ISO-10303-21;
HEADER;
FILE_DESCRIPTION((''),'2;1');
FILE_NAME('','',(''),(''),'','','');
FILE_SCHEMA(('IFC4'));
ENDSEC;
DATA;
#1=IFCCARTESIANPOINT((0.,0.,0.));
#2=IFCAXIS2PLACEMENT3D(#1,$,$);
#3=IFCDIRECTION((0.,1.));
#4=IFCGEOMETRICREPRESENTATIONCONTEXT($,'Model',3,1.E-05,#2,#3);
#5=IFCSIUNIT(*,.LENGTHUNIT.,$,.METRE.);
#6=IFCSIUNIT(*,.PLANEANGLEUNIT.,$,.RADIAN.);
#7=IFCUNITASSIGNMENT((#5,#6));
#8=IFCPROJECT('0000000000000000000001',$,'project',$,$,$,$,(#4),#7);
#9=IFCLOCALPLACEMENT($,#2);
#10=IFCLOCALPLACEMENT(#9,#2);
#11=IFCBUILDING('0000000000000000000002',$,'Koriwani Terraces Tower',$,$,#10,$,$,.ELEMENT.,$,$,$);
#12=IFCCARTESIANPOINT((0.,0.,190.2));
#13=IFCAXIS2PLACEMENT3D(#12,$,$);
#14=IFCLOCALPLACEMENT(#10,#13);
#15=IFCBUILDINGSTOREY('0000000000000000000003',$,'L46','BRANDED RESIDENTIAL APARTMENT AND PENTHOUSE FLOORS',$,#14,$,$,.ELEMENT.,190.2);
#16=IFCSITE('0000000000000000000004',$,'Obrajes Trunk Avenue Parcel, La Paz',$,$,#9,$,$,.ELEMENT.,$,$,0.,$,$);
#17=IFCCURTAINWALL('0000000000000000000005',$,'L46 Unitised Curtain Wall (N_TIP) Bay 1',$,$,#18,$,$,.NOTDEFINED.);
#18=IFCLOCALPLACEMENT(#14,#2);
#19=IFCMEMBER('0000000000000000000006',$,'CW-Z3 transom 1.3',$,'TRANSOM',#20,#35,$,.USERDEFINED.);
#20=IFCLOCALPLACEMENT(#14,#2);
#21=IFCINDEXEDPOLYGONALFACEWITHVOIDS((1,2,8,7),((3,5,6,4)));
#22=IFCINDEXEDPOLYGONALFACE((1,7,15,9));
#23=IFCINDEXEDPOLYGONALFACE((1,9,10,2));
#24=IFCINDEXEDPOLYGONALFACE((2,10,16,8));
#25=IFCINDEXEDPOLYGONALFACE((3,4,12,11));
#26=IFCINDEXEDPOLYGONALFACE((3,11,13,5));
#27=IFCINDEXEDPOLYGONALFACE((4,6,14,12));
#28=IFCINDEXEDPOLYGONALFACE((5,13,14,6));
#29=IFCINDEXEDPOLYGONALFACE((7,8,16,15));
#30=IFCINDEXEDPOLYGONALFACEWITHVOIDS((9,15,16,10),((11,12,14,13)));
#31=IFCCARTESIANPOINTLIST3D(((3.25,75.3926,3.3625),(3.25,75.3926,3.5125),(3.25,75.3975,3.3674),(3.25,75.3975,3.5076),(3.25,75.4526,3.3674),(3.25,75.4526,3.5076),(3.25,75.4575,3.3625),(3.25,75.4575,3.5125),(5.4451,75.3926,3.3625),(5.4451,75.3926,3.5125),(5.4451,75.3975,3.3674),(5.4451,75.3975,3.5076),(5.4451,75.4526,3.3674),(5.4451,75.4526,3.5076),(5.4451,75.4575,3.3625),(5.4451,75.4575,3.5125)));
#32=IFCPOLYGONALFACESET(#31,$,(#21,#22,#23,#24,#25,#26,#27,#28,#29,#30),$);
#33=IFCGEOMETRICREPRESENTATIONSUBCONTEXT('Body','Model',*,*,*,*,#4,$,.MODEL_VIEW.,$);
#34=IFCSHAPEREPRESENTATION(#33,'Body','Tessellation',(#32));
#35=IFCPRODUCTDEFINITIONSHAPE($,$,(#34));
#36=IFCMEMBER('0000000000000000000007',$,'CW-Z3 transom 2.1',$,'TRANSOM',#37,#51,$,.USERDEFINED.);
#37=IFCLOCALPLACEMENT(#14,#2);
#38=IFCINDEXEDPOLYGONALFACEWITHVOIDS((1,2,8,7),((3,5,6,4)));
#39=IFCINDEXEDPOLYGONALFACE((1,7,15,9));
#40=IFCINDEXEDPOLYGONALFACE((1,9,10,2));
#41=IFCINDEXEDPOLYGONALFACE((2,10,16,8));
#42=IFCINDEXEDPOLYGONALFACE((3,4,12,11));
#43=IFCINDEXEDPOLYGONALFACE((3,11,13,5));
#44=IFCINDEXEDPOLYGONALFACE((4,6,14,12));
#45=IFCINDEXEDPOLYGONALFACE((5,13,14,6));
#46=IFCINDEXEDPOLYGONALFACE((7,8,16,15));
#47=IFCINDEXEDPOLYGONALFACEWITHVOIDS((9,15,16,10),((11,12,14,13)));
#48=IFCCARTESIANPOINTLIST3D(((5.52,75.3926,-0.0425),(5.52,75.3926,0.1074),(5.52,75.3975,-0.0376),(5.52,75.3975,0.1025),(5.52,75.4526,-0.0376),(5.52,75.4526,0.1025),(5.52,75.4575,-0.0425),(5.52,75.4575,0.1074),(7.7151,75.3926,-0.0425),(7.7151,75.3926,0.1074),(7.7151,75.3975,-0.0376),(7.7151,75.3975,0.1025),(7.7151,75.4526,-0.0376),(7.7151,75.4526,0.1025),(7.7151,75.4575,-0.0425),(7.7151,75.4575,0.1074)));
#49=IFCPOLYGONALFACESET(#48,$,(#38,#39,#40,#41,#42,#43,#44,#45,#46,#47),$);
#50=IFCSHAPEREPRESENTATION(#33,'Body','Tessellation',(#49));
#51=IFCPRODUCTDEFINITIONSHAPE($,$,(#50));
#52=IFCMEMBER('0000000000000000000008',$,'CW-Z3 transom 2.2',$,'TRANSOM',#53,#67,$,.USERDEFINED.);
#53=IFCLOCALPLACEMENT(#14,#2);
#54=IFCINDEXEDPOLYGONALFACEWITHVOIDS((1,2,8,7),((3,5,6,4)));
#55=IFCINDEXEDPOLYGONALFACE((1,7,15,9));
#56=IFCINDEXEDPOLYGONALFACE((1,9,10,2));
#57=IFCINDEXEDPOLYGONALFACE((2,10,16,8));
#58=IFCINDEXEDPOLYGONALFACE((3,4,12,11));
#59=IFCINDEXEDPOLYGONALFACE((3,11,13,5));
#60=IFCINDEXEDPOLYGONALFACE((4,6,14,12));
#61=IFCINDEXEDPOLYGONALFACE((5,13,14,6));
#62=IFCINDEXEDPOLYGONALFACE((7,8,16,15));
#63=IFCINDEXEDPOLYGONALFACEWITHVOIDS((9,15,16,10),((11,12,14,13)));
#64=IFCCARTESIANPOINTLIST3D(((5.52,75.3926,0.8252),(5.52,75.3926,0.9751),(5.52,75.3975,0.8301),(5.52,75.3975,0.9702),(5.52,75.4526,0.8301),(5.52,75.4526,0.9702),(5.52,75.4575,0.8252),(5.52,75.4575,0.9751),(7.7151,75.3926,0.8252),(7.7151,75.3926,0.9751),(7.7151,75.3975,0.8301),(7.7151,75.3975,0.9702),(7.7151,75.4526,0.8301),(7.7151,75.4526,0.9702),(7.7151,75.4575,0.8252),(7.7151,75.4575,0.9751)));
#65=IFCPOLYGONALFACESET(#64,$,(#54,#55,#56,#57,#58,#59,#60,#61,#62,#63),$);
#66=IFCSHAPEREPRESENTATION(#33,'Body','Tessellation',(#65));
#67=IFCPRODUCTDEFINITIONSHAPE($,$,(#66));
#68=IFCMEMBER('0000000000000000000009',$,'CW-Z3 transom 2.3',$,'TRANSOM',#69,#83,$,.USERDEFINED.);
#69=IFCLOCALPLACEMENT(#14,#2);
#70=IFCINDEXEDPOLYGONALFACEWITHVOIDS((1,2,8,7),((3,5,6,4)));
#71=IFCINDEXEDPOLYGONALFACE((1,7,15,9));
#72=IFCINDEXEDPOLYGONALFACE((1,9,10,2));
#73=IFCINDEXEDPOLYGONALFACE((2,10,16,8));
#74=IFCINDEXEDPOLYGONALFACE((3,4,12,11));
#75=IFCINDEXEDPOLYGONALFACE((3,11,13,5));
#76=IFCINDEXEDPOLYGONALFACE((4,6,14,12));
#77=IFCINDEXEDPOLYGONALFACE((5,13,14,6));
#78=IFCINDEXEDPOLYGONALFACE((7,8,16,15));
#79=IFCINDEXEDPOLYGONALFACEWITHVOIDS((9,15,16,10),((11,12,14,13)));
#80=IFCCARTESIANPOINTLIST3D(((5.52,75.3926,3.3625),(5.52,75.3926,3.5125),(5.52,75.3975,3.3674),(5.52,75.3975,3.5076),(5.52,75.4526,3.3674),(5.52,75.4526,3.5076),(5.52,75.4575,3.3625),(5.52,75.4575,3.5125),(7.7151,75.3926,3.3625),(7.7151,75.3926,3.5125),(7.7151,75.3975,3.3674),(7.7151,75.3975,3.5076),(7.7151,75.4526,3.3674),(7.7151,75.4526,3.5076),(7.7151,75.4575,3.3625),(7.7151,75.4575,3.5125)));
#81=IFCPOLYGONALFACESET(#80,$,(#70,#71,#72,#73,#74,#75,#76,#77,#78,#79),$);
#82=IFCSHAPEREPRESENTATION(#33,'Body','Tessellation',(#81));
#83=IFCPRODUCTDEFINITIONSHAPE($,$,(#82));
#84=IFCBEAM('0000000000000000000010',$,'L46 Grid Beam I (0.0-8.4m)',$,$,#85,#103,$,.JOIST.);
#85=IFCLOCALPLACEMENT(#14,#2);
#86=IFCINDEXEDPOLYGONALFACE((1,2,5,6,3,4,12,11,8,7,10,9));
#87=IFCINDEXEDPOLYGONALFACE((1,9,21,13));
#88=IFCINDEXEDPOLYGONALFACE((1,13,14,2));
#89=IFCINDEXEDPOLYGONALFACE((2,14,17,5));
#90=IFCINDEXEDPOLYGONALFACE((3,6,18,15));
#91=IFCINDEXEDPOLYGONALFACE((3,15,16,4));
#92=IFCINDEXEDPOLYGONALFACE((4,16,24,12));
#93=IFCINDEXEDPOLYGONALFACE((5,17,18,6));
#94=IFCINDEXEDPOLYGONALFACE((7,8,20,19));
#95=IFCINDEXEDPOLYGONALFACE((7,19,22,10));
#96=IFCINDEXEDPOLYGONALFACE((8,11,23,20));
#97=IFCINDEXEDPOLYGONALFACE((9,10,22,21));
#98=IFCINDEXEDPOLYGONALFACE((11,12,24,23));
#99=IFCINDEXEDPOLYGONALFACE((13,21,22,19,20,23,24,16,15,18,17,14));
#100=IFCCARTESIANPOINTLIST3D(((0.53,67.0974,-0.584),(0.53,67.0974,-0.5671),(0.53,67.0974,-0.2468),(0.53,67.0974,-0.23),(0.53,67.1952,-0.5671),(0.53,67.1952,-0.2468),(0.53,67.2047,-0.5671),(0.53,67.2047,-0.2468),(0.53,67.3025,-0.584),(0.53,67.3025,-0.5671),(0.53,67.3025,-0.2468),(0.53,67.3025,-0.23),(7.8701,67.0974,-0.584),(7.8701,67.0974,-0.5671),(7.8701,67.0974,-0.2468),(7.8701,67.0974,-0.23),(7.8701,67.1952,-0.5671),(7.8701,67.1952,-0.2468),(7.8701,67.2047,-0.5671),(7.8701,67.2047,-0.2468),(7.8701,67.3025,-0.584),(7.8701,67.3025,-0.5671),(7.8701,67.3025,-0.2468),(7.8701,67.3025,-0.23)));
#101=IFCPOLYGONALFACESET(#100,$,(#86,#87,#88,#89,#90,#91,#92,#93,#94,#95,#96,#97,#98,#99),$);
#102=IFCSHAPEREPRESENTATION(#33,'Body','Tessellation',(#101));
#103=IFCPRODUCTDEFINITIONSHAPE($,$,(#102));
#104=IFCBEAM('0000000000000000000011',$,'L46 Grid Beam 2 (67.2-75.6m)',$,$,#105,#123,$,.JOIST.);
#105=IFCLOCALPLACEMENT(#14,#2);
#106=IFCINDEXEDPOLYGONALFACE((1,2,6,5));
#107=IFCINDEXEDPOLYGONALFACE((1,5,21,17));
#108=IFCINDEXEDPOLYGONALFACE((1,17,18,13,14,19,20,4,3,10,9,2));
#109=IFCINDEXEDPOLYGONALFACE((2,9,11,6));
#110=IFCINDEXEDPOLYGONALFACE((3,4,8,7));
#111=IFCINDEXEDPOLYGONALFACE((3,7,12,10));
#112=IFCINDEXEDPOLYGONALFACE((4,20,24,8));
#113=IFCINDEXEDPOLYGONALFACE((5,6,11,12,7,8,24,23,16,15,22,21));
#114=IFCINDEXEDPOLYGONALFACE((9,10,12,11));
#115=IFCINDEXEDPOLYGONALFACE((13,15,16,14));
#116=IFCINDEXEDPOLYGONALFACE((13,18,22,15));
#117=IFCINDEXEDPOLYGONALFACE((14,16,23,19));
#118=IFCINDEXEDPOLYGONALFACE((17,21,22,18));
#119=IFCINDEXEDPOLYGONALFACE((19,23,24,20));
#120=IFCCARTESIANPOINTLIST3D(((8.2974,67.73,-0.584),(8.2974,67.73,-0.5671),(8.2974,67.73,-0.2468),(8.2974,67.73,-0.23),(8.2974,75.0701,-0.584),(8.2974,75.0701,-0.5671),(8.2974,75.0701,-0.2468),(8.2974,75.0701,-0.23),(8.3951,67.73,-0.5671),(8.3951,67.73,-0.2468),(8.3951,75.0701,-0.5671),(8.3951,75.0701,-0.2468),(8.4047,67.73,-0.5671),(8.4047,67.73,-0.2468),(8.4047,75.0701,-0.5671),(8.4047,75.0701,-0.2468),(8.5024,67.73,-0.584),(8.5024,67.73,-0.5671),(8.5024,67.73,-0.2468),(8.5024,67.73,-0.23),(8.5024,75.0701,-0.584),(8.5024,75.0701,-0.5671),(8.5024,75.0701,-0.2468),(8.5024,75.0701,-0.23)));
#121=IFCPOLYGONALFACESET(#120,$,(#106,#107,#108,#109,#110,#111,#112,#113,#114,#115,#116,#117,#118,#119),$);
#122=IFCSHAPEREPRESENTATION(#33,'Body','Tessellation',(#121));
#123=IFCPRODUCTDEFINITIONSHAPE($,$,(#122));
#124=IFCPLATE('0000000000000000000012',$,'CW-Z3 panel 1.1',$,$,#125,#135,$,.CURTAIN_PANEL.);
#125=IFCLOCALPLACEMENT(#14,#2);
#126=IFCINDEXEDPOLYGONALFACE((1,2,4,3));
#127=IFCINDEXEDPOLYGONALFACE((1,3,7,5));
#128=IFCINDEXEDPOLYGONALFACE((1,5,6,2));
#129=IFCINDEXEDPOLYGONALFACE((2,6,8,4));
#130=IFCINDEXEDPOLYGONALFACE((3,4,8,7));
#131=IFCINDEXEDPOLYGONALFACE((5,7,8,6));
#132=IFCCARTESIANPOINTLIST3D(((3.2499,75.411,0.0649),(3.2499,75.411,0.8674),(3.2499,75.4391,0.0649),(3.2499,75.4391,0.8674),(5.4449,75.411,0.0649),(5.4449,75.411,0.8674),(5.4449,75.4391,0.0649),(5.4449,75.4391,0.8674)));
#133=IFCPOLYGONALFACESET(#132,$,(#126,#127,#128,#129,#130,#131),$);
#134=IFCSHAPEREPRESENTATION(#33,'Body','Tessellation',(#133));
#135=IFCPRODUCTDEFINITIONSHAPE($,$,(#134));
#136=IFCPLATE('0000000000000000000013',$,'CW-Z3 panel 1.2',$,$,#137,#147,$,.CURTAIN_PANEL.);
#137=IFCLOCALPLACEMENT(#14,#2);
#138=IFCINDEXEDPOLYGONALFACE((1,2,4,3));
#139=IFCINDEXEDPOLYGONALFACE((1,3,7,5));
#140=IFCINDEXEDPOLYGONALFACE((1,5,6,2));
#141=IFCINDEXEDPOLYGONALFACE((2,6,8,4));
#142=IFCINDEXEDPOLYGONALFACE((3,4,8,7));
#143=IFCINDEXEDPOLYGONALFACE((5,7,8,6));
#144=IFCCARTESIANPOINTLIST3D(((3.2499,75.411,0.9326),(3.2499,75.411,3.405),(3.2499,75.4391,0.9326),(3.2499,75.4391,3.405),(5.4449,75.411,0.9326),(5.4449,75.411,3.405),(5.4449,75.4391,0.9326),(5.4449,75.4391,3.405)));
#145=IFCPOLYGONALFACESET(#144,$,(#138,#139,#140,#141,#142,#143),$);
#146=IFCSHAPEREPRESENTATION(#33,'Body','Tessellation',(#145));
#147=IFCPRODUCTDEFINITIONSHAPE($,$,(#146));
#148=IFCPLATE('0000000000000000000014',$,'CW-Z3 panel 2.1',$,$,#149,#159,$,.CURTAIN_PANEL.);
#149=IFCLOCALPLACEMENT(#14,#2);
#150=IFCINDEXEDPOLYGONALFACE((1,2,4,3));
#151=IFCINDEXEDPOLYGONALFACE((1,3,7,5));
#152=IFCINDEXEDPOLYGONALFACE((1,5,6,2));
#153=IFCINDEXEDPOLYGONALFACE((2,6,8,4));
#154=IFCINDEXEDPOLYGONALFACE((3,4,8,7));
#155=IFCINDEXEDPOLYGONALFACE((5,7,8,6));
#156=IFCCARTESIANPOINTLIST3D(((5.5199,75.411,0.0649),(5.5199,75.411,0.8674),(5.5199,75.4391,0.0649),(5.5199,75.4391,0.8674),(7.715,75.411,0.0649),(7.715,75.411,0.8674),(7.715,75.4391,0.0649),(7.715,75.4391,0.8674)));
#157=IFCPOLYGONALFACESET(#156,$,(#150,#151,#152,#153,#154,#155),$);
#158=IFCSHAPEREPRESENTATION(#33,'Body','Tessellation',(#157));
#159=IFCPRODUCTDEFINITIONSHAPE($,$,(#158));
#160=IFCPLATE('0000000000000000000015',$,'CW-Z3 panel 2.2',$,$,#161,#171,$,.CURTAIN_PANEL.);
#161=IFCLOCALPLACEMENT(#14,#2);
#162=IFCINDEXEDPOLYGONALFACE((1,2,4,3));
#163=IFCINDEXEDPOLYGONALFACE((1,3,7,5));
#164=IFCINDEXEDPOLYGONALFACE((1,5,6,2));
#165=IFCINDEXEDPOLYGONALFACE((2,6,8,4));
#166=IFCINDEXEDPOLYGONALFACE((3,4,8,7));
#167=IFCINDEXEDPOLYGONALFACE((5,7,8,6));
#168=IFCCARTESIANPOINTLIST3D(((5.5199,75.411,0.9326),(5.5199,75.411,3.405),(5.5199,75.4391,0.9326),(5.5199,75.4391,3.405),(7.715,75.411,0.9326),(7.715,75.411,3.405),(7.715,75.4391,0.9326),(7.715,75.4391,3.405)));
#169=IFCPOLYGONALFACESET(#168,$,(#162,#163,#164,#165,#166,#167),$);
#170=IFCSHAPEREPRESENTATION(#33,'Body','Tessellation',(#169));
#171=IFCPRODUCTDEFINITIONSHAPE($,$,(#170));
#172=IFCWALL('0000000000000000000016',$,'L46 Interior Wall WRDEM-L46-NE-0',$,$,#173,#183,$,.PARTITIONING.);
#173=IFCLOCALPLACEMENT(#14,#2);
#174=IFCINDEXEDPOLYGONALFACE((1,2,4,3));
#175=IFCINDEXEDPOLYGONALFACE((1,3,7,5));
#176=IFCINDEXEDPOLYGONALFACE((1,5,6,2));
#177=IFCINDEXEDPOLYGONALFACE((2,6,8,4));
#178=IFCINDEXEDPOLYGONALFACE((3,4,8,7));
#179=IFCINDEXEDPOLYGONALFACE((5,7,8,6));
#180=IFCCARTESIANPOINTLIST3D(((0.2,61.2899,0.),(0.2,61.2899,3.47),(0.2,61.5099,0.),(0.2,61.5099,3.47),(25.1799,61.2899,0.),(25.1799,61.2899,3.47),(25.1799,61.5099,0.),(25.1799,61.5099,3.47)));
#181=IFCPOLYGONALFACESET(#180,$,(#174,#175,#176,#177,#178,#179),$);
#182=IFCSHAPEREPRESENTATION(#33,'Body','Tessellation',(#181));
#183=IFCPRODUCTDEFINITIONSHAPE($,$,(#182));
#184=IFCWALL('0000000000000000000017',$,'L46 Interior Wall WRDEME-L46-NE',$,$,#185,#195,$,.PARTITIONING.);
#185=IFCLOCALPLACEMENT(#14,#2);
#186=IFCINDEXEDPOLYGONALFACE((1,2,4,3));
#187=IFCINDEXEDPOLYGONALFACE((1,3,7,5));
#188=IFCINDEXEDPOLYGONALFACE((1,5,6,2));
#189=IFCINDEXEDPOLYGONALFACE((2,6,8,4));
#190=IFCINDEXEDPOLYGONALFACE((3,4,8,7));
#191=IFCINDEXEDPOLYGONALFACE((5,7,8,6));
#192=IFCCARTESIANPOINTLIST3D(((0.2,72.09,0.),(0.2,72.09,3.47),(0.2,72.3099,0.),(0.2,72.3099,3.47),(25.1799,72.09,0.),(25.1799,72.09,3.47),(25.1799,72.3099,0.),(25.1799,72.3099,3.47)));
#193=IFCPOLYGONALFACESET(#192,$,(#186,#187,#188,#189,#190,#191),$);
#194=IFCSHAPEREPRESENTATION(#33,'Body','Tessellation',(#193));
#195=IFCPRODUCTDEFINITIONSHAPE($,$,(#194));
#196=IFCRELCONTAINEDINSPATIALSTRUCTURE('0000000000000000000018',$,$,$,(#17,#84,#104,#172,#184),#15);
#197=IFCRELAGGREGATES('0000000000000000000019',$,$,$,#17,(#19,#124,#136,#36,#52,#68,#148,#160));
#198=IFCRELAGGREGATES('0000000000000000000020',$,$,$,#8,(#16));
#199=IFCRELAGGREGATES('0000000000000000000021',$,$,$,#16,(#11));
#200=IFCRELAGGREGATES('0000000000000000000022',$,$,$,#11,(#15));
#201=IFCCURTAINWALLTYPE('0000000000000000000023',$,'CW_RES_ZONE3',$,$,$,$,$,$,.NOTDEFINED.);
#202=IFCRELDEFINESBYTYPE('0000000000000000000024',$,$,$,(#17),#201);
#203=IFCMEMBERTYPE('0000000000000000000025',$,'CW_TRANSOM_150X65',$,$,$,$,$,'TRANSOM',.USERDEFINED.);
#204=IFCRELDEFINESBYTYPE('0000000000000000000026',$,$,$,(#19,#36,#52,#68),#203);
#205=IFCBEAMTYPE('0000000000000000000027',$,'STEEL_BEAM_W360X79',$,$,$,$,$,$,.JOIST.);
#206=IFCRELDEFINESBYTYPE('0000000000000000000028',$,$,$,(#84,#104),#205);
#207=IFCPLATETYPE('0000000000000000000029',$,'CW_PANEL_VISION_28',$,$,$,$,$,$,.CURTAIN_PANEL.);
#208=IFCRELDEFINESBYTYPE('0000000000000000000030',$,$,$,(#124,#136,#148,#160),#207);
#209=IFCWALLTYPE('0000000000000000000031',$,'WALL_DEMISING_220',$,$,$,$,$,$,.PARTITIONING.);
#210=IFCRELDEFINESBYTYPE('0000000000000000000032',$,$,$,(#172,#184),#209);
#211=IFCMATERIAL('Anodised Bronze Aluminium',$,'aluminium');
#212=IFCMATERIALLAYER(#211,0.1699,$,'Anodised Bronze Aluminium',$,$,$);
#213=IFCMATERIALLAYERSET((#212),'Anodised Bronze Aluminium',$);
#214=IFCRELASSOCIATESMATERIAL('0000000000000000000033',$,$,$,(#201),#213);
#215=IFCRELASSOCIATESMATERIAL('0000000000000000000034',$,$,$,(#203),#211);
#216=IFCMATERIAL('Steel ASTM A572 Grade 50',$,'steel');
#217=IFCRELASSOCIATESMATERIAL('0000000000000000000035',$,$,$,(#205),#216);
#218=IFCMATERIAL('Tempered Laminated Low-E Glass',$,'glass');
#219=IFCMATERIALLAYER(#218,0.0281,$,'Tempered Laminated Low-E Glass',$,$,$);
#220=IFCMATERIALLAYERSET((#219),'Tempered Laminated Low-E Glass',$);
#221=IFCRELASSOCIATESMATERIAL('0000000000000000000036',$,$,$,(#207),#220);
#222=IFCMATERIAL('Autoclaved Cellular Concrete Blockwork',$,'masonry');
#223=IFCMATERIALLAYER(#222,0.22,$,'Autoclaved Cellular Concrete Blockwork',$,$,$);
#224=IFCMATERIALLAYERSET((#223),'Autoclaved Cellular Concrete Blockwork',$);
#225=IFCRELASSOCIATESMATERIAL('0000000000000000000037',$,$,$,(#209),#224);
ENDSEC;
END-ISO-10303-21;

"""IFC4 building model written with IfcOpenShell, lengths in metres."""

from ifc_helpers import new_model, si_unit, direction, frame, frame_2d, origin, origin_2d, place, context, subcontext, project, spatial, rectangle, hollow_rectangle, i_section, extrude, material, layer, layer_set, material_profile, profile_set, type_object, element, aggregate, save


model = new_model("IFC4")

# Units and contexts
model_context = context("Model", 3, precision=1e-05, world=origin(), true_north=direction((0.0, 1.0)))
body_context = subcontext(model_context, "Body", "Model", "MODEL_VIEW")
ifc_project = project(units=[si_unit("LENGTHUNIT", "METRE"), si_unit("PLANEANGLEUNIT", "RADIAN")], contexts=[model_context])

# Site, building, storey
site_placement = place(None, origin())
site = spatial("IfcSite", under=ifc_project, at=site_placement, Name="Obrajes Trunk Avenue Parcel, La Paz", CompositionType="ELEMENT", RefElevation=0.0)
building_placement = place(site_placement, origin())
building = spatial("IfcBuilding", under=site, at=building_placement, Name="Koriwani Terraces Tower", CompositionType="ELEMENT")
storey_placement = place(building_placement, frame((0.0, 0.0, 190.2)))
storey = spatial("IfcBuildingStorey", under=building, at=storey_placement, Name="L46", Description="BRANDED RESIDENTIAL APARTMENT AND PENTHOUSE FLOORS", CompositionType="ELEMENT", Elevation=190.2)

# Curtain wall
ifc_material_1 = material(Name="Anodised Bronze Aluminium", Category="aluminium")
ifc_layer_1 = layer(ifc_material_1, 0.1699, Name="Anodised Bronze Aluminium")
ifc_layer_set_1 = layer_set([ifc_layer_1], Name="Anodised Bronze Aluminium")
curtain_wall_type = type_object("IfcCurtainWallType", Name="CW_RES_ZONE3", PredefinedType="NOTDEFINED", material=ifc_layer_set_1)
curtain_wall_1_placement = place(storey_placement, origin())
curtain_wall_1 = element("IfcCurtainWall", 1, at=curtain_wall_1_placement, inside=storey, type_object=curtain_wall_type, Name="L46 Unitised Curtain Wall (N_TIP) Bay 1", PredefinedType="NOTDEFINED")

# Members
ifc_material_profile_1 = material_profile(ifc_material_1, hollow_rectangle(XDim=0.0649, YDim=0.1499, WallThickness=0.0049, at=origin_2d()), Name="Anodised Bronze Aluminium", Category="LoadBearing")
ifc_profile_set_1 = profile_set([ifc_material_profile_1], Name="Anodised Bronze Aluminium")
member_type_1 = type_object("IfcMemberType", Name="CW_TRANSOM_150X65", ElementType="TRANSOM", PredefinedType="USERDEFINED", material=ifc_profile_set_1)
member_1_placement = place(storey_placement, frame((3.25, 75.425, 3.4375), z_axis=(1.0, 0.0, 0.0), x_axis=(0.0, 1.0, 0.0)))
member_1 = element("IfcMember", 2, at=member_1_placement, type_object=member_type_1, Name="CW-Z3 transom 1.3", ObjectType="TRANSOM", PredefinedType="USERDEFINED", context=body_context, shape_type="SweptSolid", body=[
    extrude(hollow_rectangle(XDim=0.0649, YDim=0.1499, WallThickness=0.0049, at=origin_2d()), origin(), (0.0, 0.0, 1.0), 2.1951),
])
member_2_placement = place(storey_placement, frame((5.52, 75.425, 0.0325), z_axis=(1.0, 0.0, 0.0), x_axis=(0.0, 1.0, 0.0)))
member_2 = element("IfcMember", 3, at=member_2_placement, type_object=member_type_1, Name="CW-Z3 transom 2.1", ObjectType="TRANSOM", PredefinedType="USERDEFINED", context=body_context, shape_type="SweptSolid", body=[
    extrude(hollow_rectangle(XDim=0.0649, YDim=0.1499, WallThickness=0.0049, at=origin_2d()), origin(), (0.0, 0.0, 1.0), 2.1951),
])
member_3_placement = place(storey_placement, frame((5.52, 75.425, 0.9001), z_axis=(1.0, 0.0, 0.0), x_axis=(0.0, 1.0, 0.0)))
member_3 = element("IfcMember", 4, at=member_3_placement, type_object=member_type_1, Name="CW-Z3 transom 2.2", ObjectType="TRANSOM", PredefinedType="USERDEFINED", context=body_context, shape_type="SweptSolid", body=[
    extrude(hollow_rectangle(XDim=0.0649, YDim=0.1499, WallThickness=0.0049, at=origin_2d()), origin(), (0.0, 0.0, 1.0), 2.1951),
])
member_4_placement = place(storey_placement, frame((5.52, 75.425, 3.4375), z_axis=(1.0, 0.0, 0.0), x_axis=(0.0, 1.0, 0.0)))
member_4 = element("IfcMember", 5, at=member_4_placement, type_object=member_type_1, Name="CW-Z3 transom 2.3", ObjectType="TRANSOM", PredefinedType="USERDEFINED", context=body_context, shape_type="SweptSolid", body=[
    extrude(hollow_rectangle(XDim=0.0649, YDim=0.1499, WallThickness=0.0049, at=origin_2d()), origin(), (0.0, 0.0, 1.0), 2.1951),
])

# Beams
ifc_material_2 = material(Name="Steel ASTM A572 Grade 50", Category="steel")
ifc_material_profile_2 = material_profile(ifc_material_2, i_section(OverallWidth=0.2051, OverallDepth=0.354, WebThickness=0.0095, FlangeThickness=0.0168, at=origin_2d()), Name="Steel ASTM A572 Grade 50", Category="LoadBearing")
ifc_profile_set_2 = profile_set([ifc_material_profile_2], Name="Steel ASTM A572 Grade 50")
beam_type_1 = type_object("IfcBeamType", Name="STEEL_BEAM_W360X79", PredefinedType="JOIST", material=ifc_profile_set_2)
for number, where, z_axis, x_axis, name in (
    (6, (0.53, 67.2, -0.407), (1.0, 0.0, 0.0), (0.0, 1.0, 0.0), "L46 Grid Beam I (0.0-8.4m)"),
    (7, (8.3999, 67.73, -0.407), (0.0, 1.0, 0.0), (-1.0, 0.0, 0.0), "L46 Grid Beam 2 (67.2-75.6m)"),
):
    element("IfcBeam", number, at=place(storey_placement, frame(where, z_axis=z_axis, x_axis=x_axis)), inside=storey, type_object=beam_type_1, Name=name, PredefinedType="JOIST", context=body_context, shape_type="SweptSolid", body=[
        extrude(i_section(OverallWidth=0.2051, OverallDepth=0.354, WebThickness=0.0095, FlangeThickness=0.0168, at=origin_2d()), origin(), (0.0, 0.0, 1.0), 7.3401),
    ])

# Plates
ifc_material_3 = material(Name="Tempered Laminated Low-E Glass", Category="glass")
ifc_layer_2 = layer(ifc_material_3, 0.0281, Name="Tempered Laminated Low-E Glass")
ifc_layer_set_2 = layer_set([ifc_layer_2], Name="Tempered Laminated Low-E Glass")
plate_type = type_object("IfcPlateType", Name="CW_PANEL_VISION_28", PredefinedType="CURTAIN_PANEL", material=ifc_layer_set_2)
plate_1_placement = place(storey_placement, frame((4.3474, 75.425, 0.0649), z_axis=(0.0, 0.0, 1.0), x_axis=(1.0, 0.0, 0.0)))
plate_1 = element("IfcPlate", 8, at=plate_1_placement, type_object=plate_type, Name="CW-Z3 panel 1.1", PredefinedType="CURTAIN_PANEL", context=body_context, shape_type="SweptSolid", body=[
    extrude(rectangle(XDim=2.1951, YDim=0.0281, at=origin_2d()), origin(), (0.0, 0.0, 1.0), 0.8025),
])
plate_2_placement = place(storey_placement, frame((4.3474, 75.425, 0.9326), z_axis=(0.0, 0.0, 1.0), x_axis=(1.0, 0.0, 0.0)))
plate_2 = element("IfcPlate", 9, at=plate_2_placement, type_object=plate_type, Name="CW-Z3 panel 1.2", PredefinedType="CURTAIN_PANEL", context=body_context, shape_type="SweptSolid", body=[
    extrude(rectangle(XDim=2.1951, YDim=0.0281, at=origin_2d()), origin(), (0.0, 0.0, 1.0), 2.4724),
])
plate_3_placement = place(storey_placement, frame((6.6174, 75.425, 0.0649), z_axis=(0.0, 0.0, 1.0), x_axis=(1.0, 0.0, 0.0)))
plate_3 = element("IfcPlate", 10, at=plate_3_placement, type_object=plate_type, Name="CW-Z3 panel 2.1", PredefinedType="CURTAIN_PANEL", context=body_context, shape_type="SweptSolid", body=[
    extrude(rectangle(XDim=2.1951, YDim=0.0281, at=origin_2d()), origin(), (0.0, 0.0, 1.0), 0.8025),
])
plate_4_placement = place(storey_placement, frame((6.6174, 75.425, 0.9326), z_axis=(0.0, 0.0, 1.0), x_axis=(1.0, 0.0, 0.0)))
plate_4 = element("IfcPlate", 11, at=plate_4_placement, type_object=plate_type, Name="CW-Z3 panel 2.2", PredefinedType="CURTAIN_PANEL", context=body_context, shape_type="SweptSolid", body=[
    extrude(rectangle(XDim=2.1951, YDim=0.0281, at=origin_2d()), origin(), (0.0, 0.0, 1.0), 2.4724),
])
aggregate(curtain_wall_1, [member_1, plate_1, plate_2, member_2, member_3, member_4, plate_3, plate_4])

# Walls
ifc_material_4 = material(Name="Autoclaved Cellular Concrete Blockwork", Category="masonry")
ifc_layer_3 = layer(ifc_material_4, 0.22, Name="Autoclaved Cellular Concrete Blockwork")
ifc_layer_set_3 = layer_set([ifc_layer_3], Name="Autoclaved Cellular Concrete Blockwork")
wall_type_1 = type_object("IfcWallType", Name="WALL_DEMISING_220", PredefinedType="PARTITIONING", material=ifc_layer_set_3)
for number, where, z_axis, x_axis, name in (
    (12, (0.2, 61.3999, 0.0), (0.0, 0.0, 1.0), (1.0, 0.0, 0.0), "L46 Interior Wall WRDEM-L46-NE-0"),
    (13, (0.2, 72.2, 0.0), (0.0, 0.0, 1.0), (1.0, 0.0, 0.0), "L46 Interior Wall WRDEME-L46-NE"),
):
    element("IfcWall", number, at=place(storey_placement, frame(where, z_axis=z_axis, x_axis=x_axis)), inside=storey, type_object=wall_type_1, Name=name, PredefinedType="PARTITIONING", context=body_context, shape_type="SweptSolid", body=[
        extrude(rectangle(XDim=24.98, YDim=0.22, at=frame_2d((12.49, 0.0))), origin(), (0.0, 0.0, 1.0), 3.47),
    ])

save(model, "model.ifc")
